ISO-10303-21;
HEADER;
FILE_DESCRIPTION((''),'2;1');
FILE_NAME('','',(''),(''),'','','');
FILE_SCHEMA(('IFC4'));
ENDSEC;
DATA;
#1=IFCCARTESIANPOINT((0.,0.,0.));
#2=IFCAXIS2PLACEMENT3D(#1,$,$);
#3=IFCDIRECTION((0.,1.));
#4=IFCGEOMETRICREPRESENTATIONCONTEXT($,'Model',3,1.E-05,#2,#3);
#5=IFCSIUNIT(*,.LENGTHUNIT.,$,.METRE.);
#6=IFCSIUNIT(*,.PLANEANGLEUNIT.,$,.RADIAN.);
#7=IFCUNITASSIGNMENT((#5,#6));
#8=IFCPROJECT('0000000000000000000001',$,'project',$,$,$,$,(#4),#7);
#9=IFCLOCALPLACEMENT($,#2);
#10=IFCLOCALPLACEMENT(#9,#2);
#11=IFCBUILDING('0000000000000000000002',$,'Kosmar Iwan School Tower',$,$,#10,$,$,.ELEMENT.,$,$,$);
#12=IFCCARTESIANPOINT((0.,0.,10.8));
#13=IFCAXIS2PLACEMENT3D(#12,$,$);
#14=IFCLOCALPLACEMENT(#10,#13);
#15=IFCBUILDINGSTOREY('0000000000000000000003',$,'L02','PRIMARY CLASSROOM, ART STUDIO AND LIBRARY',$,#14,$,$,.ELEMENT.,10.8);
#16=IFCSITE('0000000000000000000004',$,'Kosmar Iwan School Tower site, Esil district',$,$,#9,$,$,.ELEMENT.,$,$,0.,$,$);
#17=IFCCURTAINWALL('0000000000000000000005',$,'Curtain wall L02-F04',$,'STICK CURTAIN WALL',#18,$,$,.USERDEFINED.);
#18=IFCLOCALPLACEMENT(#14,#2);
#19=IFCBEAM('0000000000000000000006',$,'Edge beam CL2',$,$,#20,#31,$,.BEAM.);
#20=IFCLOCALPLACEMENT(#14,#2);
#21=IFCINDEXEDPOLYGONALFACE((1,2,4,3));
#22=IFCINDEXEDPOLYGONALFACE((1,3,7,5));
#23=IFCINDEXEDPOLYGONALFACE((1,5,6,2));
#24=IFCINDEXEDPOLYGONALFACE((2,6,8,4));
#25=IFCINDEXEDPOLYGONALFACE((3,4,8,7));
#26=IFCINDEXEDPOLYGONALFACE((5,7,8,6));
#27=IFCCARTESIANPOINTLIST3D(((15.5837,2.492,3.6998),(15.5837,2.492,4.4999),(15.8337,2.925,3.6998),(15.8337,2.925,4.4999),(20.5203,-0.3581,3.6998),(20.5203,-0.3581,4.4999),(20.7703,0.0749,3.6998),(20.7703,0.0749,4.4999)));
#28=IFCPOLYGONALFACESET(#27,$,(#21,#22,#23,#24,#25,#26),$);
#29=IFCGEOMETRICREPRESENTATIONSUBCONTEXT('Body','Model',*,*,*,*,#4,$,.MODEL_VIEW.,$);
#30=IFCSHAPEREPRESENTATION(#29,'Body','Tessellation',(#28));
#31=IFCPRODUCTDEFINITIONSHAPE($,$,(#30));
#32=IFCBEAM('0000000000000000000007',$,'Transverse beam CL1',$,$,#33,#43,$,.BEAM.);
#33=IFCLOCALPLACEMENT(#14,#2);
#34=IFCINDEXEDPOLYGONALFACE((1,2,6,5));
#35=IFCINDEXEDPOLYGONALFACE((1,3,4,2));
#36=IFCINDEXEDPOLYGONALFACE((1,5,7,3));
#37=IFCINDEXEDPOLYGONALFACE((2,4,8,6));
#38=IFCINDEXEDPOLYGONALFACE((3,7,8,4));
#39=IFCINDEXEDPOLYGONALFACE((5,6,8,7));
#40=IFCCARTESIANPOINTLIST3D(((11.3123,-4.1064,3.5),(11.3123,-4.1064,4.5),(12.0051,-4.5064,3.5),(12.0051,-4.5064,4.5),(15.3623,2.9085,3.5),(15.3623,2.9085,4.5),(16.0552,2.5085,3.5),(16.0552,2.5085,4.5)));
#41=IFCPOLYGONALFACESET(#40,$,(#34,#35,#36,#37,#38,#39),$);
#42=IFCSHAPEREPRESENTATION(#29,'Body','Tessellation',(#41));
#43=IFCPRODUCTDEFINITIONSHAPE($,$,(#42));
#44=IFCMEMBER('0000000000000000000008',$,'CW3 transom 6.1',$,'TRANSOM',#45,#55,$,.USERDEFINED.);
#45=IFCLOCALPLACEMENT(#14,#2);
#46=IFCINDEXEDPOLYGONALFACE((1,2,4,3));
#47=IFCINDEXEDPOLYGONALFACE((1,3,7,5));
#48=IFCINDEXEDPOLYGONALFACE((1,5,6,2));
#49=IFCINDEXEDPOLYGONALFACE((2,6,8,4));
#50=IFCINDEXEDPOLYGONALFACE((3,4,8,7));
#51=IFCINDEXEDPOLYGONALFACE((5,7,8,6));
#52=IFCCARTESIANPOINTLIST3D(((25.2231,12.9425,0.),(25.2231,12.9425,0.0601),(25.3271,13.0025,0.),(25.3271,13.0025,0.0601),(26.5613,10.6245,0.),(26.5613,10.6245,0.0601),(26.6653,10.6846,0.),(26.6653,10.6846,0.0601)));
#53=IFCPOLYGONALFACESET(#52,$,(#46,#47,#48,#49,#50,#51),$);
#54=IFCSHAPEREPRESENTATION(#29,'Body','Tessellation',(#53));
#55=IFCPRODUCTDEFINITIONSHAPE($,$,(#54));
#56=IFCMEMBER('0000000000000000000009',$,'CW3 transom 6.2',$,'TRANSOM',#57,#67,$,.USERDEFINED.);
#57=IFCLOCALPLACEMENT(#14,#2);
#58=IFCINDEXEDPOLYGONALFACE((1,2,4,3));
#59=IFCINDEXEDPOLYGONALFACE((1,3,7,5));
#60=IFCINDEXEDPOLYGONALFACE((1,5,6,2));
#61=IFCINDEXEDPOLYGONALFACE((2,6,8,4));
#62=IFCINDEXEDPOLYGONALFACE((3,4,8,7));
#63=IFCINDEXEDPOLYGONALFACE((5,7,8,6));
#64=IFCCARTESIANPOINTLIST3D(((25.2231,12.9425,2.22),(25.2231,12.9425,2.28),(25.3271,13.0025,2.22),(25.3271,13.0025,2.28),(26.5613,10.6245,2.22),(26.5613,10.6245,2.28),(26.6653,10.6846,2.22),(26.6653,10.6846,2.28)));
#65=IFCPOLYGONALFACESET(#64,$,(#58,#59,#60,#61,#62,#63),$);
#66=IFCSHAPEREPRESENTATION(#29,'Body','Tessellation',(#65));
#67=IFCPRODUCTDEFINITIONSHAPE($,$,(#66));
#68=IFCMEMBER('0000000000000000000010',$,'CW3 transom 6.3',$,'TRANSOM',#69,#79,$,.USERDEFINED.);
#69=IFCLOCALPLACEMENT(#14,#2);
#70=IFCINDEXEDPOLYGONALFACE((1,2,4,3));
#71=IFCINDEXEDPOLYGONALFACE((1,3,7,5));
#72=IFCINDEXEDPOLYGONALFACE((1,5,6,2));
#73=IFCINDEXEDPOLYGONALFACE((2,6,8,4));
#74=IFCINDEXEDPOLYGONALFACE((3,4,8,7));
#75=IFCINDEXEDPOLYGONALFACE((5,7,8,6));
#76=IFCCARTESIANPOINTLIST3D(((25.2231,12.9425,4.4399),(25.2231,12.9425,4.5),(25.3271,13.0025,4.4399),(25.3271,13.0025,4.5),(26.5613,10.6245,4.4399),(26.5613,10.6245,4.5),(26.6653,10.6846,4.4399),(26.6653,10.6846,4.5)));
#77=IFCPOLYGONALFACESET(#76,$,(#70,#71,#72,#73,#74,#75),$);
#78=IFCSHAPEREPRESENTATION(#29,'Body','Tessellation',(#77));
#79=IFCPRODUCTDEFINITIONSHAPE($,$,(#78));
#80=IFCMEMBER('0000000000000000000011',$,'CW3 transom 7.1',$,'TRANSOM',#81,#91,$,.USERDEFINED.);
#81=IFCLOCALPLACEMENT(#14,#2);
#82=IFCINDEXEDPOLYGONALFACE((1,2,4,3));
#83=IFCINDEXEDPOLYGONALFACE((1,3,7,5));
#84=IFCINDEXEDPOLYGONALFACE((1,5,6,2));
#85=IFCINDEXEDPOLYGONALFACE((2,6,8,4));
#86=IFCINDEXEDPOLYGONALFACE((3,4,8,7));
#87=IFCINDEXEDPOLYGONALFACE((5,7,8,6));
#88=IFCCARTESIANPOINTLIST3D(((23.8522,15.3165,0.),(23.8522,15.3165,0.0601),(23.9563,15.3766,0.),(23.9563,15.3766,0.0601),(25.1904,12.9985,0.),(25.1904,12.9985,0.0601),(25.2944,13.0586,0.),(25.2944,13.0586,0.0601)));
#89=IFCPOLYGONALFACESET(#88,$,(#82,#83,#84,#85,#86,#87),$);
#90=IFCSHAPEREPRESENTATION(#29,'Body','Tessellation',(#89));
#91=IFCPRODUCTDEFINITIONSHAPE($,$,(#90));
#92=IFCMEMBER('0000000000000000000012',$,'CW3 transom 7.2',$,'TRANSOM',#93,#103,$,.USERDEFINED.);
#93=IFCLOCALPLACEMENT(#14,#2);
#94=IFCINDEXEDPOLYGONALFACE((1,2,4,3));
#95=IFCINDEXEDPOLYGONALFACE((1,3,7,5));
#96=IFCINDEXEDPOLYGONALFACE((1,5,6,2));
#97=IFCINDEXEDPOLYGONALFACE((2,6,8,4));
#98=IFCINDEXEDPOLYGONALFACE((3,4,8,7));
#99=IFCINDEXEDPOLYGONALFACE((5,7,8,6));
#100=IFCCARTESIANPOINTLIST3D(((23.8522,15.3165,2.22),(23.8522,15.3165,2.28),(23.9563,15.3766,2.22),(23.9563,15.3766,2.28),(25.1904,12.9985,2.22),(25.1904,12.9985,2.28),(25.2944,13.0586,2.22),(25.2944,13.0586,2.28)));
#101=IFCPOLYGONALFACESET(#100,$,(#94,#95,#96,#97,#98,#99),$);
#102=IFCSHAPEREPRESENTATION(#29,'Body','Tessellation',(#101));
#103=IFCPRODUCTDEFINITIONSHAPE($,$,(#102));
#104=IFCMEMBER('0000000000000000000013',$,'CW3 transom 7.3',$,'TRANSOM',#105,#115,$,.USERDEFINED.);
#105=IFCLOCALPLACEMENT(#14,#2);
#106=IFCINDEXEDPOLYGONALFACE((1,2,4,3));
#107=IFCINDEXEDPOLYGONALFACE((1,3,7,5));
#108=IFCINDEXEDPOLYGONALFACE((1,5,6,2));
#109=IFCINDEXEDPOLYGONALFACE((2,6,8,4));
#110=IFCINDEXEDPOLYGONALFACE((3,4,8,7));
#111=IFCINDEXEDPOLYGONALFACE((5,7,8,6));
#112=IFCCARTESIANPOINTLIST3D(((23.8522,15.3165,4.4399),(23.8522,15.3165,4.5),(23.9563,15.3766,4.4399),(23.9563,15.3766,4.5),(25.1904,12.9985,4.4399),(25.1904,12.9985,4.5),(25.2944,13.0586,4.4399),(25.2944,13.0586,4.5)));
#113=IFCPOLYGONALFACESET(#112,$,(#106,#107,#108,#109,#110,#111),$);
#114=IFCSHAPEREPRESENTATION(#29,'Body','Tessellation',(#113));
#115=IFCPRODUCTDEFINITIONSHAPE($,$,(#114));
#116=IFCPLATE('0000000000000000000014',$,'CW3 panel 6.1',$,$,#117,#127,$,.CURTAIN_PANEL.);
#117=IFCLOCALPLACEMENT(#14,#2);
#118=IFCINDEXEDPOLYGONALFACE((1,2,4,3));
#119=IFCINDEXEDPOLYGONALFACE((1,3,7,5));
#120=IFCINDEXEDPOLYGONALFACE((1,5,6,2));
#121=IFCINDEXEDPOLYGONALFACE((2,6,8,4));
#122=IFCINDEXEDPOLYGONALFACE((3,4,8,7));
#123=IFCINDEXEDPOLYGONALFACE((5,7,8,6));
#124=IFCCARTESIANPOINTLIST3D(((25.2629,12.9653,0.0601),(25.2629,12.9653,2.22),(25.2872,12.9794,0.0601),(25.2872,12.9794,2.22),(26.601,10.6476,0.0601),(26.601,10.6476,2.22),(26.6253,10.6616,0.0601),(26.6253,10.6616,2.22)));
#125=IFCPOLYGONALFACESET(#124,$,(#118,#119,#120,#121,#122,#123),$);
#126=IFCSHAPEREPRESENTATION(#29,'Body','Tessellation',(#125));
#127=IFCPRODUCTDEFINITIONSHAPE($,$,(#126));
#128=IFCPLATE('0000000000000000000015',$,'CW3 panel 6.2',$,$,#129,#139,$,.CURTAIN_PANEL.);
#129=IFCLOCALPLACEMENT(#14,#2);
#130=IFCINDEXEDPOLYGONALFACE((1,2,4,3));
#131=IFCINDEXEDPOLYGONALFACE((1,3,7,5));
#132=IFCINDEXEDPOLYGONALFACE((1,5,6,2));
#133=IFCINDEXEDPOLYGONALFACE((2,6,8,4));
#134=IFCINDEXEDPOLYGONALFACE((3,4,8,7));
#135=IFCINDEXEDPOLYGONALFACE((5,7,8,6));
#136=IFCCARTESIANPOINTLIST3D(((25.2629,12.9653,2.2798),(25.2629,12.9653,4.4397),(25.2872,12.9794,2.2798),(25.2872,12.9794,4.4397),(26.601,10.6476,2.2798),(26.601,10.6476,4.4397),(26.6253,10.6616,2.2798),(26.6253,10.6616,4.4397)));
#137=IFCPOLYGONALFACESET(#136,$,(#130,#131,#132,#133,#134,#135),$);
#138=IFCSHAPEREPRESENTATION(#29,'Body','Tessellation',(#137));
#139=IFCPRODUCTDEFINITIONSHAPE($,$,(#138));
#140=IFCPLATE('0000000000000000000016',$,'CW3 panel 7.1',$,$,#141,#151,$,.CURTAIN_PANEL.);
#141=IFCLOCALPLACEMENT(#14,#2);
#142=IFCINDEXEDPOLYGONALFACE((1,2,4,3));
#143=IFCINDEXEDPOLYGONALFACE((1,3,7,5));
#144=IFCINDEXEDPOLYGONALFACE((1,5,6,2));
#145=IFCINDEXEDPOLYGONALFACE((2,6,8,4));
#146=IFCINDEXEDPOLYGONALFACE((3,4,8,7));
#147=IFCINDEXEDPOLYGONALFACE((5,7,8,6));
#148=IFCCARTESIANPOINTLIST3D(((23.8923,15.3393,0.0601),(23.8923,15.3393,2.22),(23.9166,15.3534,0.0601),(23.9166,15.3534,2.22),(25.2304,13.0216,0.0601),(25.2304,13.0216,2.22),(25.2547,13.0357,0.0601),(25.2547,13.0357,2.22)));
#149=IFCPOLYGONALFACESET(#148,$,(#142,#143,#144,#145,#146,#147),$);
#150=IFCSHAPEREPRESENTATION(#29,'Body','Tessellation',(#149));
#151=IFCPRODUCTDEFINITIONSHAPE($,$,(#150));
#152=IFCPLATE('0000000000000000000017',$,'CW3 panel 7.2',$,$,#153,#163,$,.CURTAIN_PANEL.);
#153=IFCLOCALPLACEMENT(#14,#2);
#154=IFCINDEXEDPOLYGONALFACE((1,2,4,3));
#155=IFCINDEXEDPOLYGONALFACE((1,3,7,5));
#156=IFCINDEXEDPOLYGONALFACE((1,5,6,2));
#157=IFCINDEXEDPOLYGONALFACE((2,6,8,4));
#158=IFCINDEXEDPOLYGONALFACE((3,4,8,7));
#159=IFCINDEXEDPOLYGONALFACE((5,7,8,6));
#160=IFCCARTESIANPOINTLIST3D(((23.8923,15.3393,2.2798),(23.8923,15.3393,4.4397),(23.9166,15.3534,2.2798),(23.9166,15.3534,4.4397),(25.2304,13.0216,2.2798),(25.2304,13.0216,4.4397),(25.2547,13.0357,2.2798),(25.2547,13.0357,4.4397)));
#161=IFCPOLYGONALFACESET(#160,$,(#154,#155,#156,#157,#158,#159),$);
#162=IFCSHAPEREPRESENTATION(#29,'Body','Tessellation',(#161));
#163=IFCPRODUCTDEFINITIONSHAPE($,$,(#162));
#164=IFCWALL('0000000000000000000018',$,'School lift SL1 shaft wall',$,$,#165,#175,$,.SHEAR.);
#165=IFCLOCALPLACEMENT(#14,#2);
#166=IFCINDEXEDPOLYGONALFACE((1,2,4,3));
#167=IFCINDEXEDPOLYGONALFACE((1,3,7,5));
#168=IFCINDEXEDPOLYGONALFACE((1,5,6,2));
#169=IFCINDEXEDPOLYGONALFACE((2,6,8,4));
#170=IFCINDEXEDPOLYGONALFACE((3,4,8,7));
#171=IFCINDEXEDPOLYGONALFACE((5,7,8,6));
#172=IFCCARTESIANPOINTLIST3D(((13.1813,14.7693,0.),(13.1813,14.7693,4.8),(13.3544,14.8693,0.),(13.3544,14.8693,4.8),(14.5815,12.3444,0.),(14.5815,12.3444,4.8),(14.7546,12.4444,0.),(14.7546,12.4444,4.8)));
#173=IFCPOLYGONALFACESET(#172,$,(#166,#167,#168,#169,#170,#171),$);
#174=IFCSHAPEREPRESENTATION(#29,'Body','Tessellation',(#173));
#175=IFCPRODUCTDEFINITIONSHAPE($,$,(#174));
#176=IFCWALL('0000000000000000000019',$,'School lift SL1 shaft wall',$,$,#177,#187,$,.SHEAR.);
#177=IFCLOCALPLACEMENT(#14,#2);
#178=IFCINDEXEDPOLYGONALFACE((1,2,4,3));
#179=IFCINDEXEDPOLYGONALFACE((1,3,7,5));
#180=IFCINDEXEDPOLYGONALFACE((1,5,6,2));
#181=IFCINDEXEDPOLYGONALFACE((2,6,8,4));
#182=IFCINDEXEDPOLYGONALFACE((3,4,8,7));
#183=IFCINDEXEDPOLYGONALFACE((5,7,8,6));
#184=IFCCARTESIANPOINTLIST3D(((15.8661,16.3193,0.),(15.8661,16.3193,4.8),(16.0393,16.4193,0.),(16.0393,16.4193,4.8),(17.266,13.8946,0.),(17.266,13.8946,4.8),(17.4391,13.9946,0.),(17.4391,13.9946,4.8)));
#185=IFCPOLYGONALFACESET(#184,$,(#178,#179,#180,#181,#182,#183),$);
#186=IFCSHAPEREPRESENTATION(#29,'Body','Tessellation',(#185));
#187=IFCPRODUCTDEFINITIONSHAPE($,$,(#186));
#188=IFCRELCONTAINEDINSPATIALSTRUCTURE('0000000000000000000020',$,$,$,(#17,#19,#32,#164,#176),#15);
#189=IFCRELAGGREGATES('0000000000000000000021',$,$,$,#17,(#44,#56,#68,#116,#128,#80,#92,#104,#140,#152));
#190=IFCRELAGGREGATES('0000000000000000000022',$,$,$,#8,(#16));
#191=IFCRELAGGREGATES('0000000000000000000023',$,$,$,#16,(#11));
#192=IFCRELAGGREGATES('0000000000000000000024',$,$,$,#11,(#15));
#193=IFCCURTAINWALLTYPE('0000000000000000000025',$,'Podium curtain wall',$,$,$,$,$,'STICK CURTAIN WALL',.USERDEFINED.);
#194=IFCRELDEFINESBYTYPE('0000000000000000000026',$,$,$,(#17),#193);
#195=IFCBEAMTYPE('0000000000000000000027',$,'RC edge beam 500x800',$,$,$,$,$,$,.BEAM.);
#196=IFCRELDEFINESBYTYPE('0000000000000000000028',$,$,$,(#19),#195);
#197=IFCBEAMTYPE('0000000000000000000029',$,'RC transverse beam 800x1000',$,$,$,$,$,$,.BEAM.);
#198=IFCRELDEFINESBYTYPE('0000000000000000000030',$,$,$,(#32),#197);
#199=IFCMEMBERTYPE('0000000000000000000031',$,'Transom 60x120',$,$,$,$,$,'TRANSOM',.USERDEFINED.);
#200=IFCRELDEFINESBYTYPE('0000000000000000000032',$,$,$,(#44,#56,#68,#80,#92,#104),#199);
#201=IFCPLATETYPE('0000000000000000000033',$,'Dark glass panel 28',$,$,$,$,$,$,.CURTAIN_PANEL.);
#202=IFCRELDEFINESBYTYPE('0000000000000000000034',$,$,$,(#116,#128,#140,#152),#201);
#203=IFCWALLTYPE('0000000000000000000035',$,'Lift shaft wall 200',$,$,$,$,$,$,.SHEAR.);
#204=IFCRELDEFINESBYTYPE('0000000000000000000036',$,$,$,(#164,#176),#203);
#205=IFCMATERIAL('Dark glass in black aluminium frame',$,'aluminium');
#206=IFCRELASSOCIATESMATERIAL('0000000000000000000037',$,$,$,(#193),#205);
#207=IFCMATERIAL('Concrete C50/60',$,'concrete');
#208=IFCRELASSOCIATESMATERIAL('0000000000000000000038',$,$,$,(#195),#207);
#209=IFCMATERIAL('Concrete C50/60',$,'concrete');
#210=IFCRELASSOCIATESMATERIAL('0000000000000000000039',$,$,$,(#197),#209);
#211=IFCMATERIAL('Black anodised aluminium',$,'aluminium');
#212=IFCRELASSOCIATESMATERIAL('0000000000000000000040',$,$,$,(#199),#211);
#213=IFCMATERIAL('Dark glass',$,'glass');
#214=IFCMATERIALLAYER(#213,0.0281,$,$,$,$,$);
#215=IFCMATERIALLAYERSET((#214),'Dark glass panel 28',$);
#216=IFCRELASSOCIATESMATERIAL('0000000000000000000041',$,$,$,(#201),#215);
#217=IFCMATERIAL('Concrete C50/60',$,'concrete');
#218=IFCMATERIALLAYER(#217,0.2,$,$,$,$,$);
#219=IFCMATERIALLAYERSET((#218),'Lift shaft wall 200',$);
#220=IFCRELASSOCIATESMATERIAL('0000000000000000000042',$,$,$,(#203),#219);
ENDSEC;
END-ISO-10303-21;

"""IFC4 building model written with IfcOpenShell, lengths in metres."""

from ifc_helpers import new_model, si_unit, direction, frame, frame_2d, origin, origin_2d, place, context, subcontext, project, spatial, rectangle, extrude, material, layer, layer_set, material_profile, profile_set, type_object, element, aggregate, save


model = new_model("IFC4")

# Units and contexts
model_context = context("Model", 3, precision=1e-05, world=origin(), true_north=direction((0.0, 1.0)))
body_context = subcontext(model_context, "Body", "Model", "MODEL_VIEW")
ifc_project = project(units=[si_unit("LENGTHUNIT", "METRE"), si_unit("PLANEANGLEUNIT", "RADIAN")], contexts=[model_context])

# Site, building, storey
site_placement = place(None, origin())
site = spatial("IfcSite", under=ifc_project, at=site_placement, Name="Kosmar Iwan School Tower site, Esil district", CompositionType="ELEMENT", RefElevation=0.0)
building_placement = place(site_placement, origin())
building = spatial("IfcBuilding", under=site, at=building_placement, Name="Kosmar Iwan School Tower", CompositionType="ELEMENT")
storey_placement = place(building_placement, frame((0.0, 0.0, 10.8)))
storey = spatial("IfcBuildingStorey", under=building, at=storey_placement, Name="L02", Description="PRIMARY CLASSROOM, ART STUDIO AND LIBRARY", CompositionType="ELEMENT", Elevation=10.8)

# Curtain wall
ifc_material_1 = material(Name="Dark glass in black aluminium frame", Category="aluminium")
curtain_wall_type = type_object("IfcCurtainWallType", Name="Podium curtain wall", ElementType="STICK CURTAIN WALL", PredefinedType="USERDEFINED", material=ifc_material_1)
curtain_wall_placement = place(storey_placement, origin())
curtain_wall = element("IfcCurtainWall", 1, at=curtain_wall_placement, inside=storey, type_object=curtain_wall_type, Name="Curtain wall L02-F04", ObjectType="STICK CURTAIN WALL", PredefinedType="USERDEFINED")

# Beams
ifc_material_2 = material(Name="Concrete C50/60", Category="concrete")
ifc_material_profile_1 = material_profile(ifc_material_2, rectangle(XDim=0.5, YDim=0.8, at=origin_2d()), Name="RC 500x800")
ifc_profile_set_1 = profile_set([ifc_material_profile_1], Name="Concrete C50/60")
beam_type_1 = type_object("IfcBeamType", Name="RC edge beam 500x800", PredefinedType="BEAM", material=ifc_profile_set_1)
beam_1_placement = place(storey_placement, frame((15.7087, 2.7085, 4.0999), z_axis=(0.866026, -0.499999, 0.0), x_axis=(0.499999, 0.866026, 0.0)))
element("IfcBeam", 2, at=beam_1_placement, inside=storey, type_object=beam_type_1, Name="Edge beam CL2", PredefinedType="BEAM", context=body_context, shape_type="SweptSolid", body=[
    extrude(rectangle(XDim=0.5, YDim=0.8, at=origin_2d()), origin(), (0.0, 0.0, 1.0), 5.7002),
])
ifc_material_3 = material(Name="Concrete C50/60", Category="concrete")
ifc_material_profile_2 = material_profile(ifc_material_3, rectangle(XDim=0.8, YDim=1.0, at=origin_2d()), Name="RC 800x1000")
ifc_profile_set_2 = profile_set([ifc_material_profile_2], Name="Concrete C50/60")
beam_type_2 = type_object("IfcBeamType", Name="RC transverse beam 800x1000", PredefinedType="BEAM", material=ifc_profile_set_2)
beam_2_placement = place(storey_placement, frame((15.7087, 2.7085, 4.0), z_axis=(-0.5, -0.866025, 0.0), x_axis=(0.866025, -0.5, 0.0)))
element("IfcBeam", 3, at=beam_2_placement, inside=storey, type_object=beam_type_2, Name="Transverse beam CL1", PredefinedType="BEAM", context=body_context, shape_type="SweptSolid", body=[
    extrude(rectangle(XDim=0.8, YDim=1.0, at=origin_2d()), origin(), (0.0, 0.0, 1.0), 8.1001),
])

# Members
ifc_material_4 = material(Name="Black anodised aluminium", Category="aluminium")
ifc_material_profile_3 = material_profile(ifc_material_4, rectangle(XDim=0.1201, YDim=0.0601, at=origin_2d()), Name="TRANSOM 60x120")
ifc_profile_set_3 = profile_set([ifc_material_profile_3], Name="Black anodised aluminium")
member_type_1 = type_object("IfcMemberType", Name="Transom 60x120", ElementType="TRANSOM", PredefinedType="USERDEFINED", material=ifc_profile_set_3)
member_1_placement = place(storey_placement, frame((26.6133, 10.6545, 0.03), z_axis=(-0.499975, 0.86604, 0.0), x_axis=(-0.86604, -0.499975, 0.0)))
member_1 = element("IfcMember", 4, at=member_1_placement, type_object=member_type_1, Name="CW3 transom 6.1", ObjectType="TRANSOM", PredefinedType="USERDEFINED", context=body_context, shape_type="SweptSolid", body=[
    extrude(rectangle(XDim=0.1201, YDim=0.0601, at=origin_2d()), origin(), (0.0, 0.0, 1.0), 2.6765),
])
member_2_placement = place(storey_placement, frame((26.6133, 10.6545, 2.25), z_axis=(-0.499975, 0.86604, 0.0), x_axis=(-0.86604, -0.499975, 0.0)))
member_2 = element("IfcMember", 5, at=member_2_placement, type_object=member_type_1, Name="CW3 transom 6.2", ObjectType="TRANSOM", PredefinedType="USERDEFINED", context=body_context, shape_type="SweptSolid", body=[
    extrude(rectangle(XDim=0.1201, YDim=0.0601, at=origin_2d()), origin(), (0.0, 0.0, 1.0), 2.6765),
])
member_3_placement = place(storey_placement, frame((26.6133, 10.6545, 4.47), z_axis=(-0.499975, 0.86604, 0.0), x_axis=(-0.86604, -0.499975, 0.0)))
member_3 = element("IfcMember", 6, at=member_3_placement, type_object=member_type_1, Name="CW3 transom 6.3", ObjectType="TRANSOM", PredefinedType="USERDEFINED", context=body_context, shape_type="SweptSolid", body=[
    extrude(rectangle(XDim=0.1201, YDim=0.0601, at=origin_2d()), origin(), (0.0, 0.0, 1.0), 2.6765),
])
member_4_placement = place(storey_placement, frame((25.2424, 13.0286, 0.03), z_axis=(-0.499975, 0.86604, 0.0), x_axis=(-0.86604, -0.499975, 0.0)))
member_4 = element("IfcMember", 7, at=member_4_placement, type_object=member_type_1, Name="CW3 transom 7.1", ObjectType="TRANSOM", PredefinedType="USERDEFINED", context=body_context, shape_type="SweptSolid", body=[
    extrude(rectangle(XDim=0.1201, YDim=0.0601, at=origin_2d()), origin(), (0.0, 0.0, 1.0), 2.6765),
])
member_5_placement = place(storey_placement, frame((25.2424, 13.0286, 2.25), z_axis=(-0.499975, 0.86604, 0.0), x_axis=(-0.86604, -0.499975, 0.0)))
member_5 = element("IfcMember", 8, at=member_5_placement, type_object=member_type_1, Name="CW3 transom 7.2", ObjectType="TRANSOM", PredefinedType="USERDEFINED", context=body_context, shape_type="SweptSolid", body=[
    extrude(rectangle(XDim=0.1201, YDim=0.0601, at=origin_2d()), origin(), (0.0, 0.0, 1.0), 2.6765),
])
member_6_placement = place(storey_placement, frame((25.2424, 13.0286, 4.47), z_axis=(-0.499975, 0.86604, 0.0), x_axis=(-0.86604, -0.499975, 0.0)))
member_6 = element("IfcMember", 9, at=member_6_placement, type_object=member_type_1, Name="CW3 transom 7.3", ObjectType="TRANSOM", PredefinedType="USERDEFINED", context=body_context, shape_type="SweptSolid", body=[
    extrude(rectangle(XDim=0.1201, YDim=0.0601, at=origin_2d()), origin(), (0.0, 0.0, 1.0), 2.6765),
])

# Plates
ifc_material_5 = material(Name="Dark glass", Category="glass")
ifc_layer_1 = layer(ifc_material_5, 0.0281)
ifc_layer_set_1 = layer_set([ifc_layer_1], Name="Dark glass panel 28")
plate_type = type_object("IfcPlateType", Name="Dark glass panel 28", PredefinedType="CURTAIN_PANEL", material=ifc_layer_set_1)
plate_1_placement = place(storey_placement, frame((25.9441, 11.8135, 0.0601), z_axis=(0.0, 0.0, 1.0), x_axis=(-0.5, 0.866025, 0.0)))
plate_1 = element("IfcPlate", 10, at=plate_1_placement, type_object=plate_type, Name="CW3 panel 6.1", PredefinedType="CURTAIN_PANEL", context=body_context, shape_type="SweptSolid", body=[
    extrude(rectangle(XDim=2.6763, YDim=0.0281, at=origin_2d()), origin(), (0.0, 0.0, 1.0), 2.1599),
])
plate_2_placement = place(storey_placement, frame((25.9441, 11.8135, 2.2798), z_axis=(0.0, 0.0, 1.0), x_axis=(-0.5, 0.866025, 0.0)))
plate_2 = element("IfcPlate", 11, at=plate_2_placement, type_object=plate_type, Name="CW3 panel 6.2", PredefinedType="CURTAIN_PANEL", context=body_context, shape_type="SweptSolid", body=[
    extrude(rectangle(XDim=2.6763, YDim=0.0281, at=origin_2d()), origin(), (0.0, 0.0, 1.0), 2.1599),
])
plate_3_placement = place(storey_placement, frame((24.5735, 14.1875, 0.0601), z_axis=(0.0, 0.0, 1.0), x_axis=(-0.5, 0.866025, 0.0)))
plate_3 = element("IfcPlate", 12, at=plate_3_placement, type_object=plate_type, Name="CW3 panel 7.1", PredefinedType="CURTAIN_PANEL", context=body_context, shape_type="SweptSolid", body=[
    extrude(rectangle(XDim=2.6763, YDim=0.0281, at=origin_2d()), origin(), (0.0, 0.0, 1.0), 2.1599),
])
plate_4_placement = place(storey_placement, frame((24.5735, 14.1875, 2.2798), z_axis=(0.0, 0.0, 1.0), x_axis=(-0.5, 0.866025, 0.0)))
plate_4 = element("IfcPlate", 13, at=plate_4_placement, type_object=plate_type, Name="CW3 panel 7.2", PredefinedType="CURTAIN_PANEL", context=body_context, shape_type="SweptSolid", body=[
    extrude(rectangle(XDim=2.6763, YDim=0.0281, at=origin_2d()), origin(), (0.0, 0.0, 1.0), 2.1599),
])
aggregate(curtain_wall, [member_1, member_2, member_3, plate_1, plate_2, member_4, member_5, member_6, plate_3, plate_4])

# Walls
ifc_material_6 = material(Name="Concrete C50/60", Category="concrete")
ifc_layer_2 = layer(ifc_material_6, 0.2)
ifc_layer_set_2 = layer_set([ifc_layer_2], Name="Lift shaft wall 200")
wall_type_1 = type_object("IfcWallType", Name="Lift shaft wall 200", PredefinedType="SHEAR", material=ifc_layer_set_2)
wall_1_placement = place(storey_placement, frame((14.668, 12.3945, 0.0), z_axis=(0.0, 0.0, 1.0), x_axis=(-0.50005, 0.865997, 0.0)))
element("IfcWall", 14, at=wall_1_placement, inside=storey, type_object=wall_type_1, Name="School lift SL1 shaft wall", PredefinedType="SHEAR", context=body_context, shape_type="SweptSolid", body=[
    extrude(rectangle(XDim=2.8, YDim=0.2, at=frame_2d((1.3999, 0.0))), origin(), (0.0, 0.0, 1.0), 4.8),
])
wall_2_placement = place(storey_placement, frame((17.3525, 13.9446, 0.0), z_axis=(0.0, 0.0, 1.0), x_axis=(-0.499984, 0.866035, 0.0)))
element("IfcWall", 15, at=wall_2_placement, inside=storey, type_object=wall_type_1, Name="School lift SL1 shaft wall", PredefinedType="SHEAR", context=body_context, shape_type="SweptSolid", body=[
    extrude(rectangle(XDim=2.7998, YDim=0.2, at=frame_2d((1.3999, 0.0))), origin(), (0.0, 0.0, 1.0), 4.8),
])

save(model, "model.ifc")
